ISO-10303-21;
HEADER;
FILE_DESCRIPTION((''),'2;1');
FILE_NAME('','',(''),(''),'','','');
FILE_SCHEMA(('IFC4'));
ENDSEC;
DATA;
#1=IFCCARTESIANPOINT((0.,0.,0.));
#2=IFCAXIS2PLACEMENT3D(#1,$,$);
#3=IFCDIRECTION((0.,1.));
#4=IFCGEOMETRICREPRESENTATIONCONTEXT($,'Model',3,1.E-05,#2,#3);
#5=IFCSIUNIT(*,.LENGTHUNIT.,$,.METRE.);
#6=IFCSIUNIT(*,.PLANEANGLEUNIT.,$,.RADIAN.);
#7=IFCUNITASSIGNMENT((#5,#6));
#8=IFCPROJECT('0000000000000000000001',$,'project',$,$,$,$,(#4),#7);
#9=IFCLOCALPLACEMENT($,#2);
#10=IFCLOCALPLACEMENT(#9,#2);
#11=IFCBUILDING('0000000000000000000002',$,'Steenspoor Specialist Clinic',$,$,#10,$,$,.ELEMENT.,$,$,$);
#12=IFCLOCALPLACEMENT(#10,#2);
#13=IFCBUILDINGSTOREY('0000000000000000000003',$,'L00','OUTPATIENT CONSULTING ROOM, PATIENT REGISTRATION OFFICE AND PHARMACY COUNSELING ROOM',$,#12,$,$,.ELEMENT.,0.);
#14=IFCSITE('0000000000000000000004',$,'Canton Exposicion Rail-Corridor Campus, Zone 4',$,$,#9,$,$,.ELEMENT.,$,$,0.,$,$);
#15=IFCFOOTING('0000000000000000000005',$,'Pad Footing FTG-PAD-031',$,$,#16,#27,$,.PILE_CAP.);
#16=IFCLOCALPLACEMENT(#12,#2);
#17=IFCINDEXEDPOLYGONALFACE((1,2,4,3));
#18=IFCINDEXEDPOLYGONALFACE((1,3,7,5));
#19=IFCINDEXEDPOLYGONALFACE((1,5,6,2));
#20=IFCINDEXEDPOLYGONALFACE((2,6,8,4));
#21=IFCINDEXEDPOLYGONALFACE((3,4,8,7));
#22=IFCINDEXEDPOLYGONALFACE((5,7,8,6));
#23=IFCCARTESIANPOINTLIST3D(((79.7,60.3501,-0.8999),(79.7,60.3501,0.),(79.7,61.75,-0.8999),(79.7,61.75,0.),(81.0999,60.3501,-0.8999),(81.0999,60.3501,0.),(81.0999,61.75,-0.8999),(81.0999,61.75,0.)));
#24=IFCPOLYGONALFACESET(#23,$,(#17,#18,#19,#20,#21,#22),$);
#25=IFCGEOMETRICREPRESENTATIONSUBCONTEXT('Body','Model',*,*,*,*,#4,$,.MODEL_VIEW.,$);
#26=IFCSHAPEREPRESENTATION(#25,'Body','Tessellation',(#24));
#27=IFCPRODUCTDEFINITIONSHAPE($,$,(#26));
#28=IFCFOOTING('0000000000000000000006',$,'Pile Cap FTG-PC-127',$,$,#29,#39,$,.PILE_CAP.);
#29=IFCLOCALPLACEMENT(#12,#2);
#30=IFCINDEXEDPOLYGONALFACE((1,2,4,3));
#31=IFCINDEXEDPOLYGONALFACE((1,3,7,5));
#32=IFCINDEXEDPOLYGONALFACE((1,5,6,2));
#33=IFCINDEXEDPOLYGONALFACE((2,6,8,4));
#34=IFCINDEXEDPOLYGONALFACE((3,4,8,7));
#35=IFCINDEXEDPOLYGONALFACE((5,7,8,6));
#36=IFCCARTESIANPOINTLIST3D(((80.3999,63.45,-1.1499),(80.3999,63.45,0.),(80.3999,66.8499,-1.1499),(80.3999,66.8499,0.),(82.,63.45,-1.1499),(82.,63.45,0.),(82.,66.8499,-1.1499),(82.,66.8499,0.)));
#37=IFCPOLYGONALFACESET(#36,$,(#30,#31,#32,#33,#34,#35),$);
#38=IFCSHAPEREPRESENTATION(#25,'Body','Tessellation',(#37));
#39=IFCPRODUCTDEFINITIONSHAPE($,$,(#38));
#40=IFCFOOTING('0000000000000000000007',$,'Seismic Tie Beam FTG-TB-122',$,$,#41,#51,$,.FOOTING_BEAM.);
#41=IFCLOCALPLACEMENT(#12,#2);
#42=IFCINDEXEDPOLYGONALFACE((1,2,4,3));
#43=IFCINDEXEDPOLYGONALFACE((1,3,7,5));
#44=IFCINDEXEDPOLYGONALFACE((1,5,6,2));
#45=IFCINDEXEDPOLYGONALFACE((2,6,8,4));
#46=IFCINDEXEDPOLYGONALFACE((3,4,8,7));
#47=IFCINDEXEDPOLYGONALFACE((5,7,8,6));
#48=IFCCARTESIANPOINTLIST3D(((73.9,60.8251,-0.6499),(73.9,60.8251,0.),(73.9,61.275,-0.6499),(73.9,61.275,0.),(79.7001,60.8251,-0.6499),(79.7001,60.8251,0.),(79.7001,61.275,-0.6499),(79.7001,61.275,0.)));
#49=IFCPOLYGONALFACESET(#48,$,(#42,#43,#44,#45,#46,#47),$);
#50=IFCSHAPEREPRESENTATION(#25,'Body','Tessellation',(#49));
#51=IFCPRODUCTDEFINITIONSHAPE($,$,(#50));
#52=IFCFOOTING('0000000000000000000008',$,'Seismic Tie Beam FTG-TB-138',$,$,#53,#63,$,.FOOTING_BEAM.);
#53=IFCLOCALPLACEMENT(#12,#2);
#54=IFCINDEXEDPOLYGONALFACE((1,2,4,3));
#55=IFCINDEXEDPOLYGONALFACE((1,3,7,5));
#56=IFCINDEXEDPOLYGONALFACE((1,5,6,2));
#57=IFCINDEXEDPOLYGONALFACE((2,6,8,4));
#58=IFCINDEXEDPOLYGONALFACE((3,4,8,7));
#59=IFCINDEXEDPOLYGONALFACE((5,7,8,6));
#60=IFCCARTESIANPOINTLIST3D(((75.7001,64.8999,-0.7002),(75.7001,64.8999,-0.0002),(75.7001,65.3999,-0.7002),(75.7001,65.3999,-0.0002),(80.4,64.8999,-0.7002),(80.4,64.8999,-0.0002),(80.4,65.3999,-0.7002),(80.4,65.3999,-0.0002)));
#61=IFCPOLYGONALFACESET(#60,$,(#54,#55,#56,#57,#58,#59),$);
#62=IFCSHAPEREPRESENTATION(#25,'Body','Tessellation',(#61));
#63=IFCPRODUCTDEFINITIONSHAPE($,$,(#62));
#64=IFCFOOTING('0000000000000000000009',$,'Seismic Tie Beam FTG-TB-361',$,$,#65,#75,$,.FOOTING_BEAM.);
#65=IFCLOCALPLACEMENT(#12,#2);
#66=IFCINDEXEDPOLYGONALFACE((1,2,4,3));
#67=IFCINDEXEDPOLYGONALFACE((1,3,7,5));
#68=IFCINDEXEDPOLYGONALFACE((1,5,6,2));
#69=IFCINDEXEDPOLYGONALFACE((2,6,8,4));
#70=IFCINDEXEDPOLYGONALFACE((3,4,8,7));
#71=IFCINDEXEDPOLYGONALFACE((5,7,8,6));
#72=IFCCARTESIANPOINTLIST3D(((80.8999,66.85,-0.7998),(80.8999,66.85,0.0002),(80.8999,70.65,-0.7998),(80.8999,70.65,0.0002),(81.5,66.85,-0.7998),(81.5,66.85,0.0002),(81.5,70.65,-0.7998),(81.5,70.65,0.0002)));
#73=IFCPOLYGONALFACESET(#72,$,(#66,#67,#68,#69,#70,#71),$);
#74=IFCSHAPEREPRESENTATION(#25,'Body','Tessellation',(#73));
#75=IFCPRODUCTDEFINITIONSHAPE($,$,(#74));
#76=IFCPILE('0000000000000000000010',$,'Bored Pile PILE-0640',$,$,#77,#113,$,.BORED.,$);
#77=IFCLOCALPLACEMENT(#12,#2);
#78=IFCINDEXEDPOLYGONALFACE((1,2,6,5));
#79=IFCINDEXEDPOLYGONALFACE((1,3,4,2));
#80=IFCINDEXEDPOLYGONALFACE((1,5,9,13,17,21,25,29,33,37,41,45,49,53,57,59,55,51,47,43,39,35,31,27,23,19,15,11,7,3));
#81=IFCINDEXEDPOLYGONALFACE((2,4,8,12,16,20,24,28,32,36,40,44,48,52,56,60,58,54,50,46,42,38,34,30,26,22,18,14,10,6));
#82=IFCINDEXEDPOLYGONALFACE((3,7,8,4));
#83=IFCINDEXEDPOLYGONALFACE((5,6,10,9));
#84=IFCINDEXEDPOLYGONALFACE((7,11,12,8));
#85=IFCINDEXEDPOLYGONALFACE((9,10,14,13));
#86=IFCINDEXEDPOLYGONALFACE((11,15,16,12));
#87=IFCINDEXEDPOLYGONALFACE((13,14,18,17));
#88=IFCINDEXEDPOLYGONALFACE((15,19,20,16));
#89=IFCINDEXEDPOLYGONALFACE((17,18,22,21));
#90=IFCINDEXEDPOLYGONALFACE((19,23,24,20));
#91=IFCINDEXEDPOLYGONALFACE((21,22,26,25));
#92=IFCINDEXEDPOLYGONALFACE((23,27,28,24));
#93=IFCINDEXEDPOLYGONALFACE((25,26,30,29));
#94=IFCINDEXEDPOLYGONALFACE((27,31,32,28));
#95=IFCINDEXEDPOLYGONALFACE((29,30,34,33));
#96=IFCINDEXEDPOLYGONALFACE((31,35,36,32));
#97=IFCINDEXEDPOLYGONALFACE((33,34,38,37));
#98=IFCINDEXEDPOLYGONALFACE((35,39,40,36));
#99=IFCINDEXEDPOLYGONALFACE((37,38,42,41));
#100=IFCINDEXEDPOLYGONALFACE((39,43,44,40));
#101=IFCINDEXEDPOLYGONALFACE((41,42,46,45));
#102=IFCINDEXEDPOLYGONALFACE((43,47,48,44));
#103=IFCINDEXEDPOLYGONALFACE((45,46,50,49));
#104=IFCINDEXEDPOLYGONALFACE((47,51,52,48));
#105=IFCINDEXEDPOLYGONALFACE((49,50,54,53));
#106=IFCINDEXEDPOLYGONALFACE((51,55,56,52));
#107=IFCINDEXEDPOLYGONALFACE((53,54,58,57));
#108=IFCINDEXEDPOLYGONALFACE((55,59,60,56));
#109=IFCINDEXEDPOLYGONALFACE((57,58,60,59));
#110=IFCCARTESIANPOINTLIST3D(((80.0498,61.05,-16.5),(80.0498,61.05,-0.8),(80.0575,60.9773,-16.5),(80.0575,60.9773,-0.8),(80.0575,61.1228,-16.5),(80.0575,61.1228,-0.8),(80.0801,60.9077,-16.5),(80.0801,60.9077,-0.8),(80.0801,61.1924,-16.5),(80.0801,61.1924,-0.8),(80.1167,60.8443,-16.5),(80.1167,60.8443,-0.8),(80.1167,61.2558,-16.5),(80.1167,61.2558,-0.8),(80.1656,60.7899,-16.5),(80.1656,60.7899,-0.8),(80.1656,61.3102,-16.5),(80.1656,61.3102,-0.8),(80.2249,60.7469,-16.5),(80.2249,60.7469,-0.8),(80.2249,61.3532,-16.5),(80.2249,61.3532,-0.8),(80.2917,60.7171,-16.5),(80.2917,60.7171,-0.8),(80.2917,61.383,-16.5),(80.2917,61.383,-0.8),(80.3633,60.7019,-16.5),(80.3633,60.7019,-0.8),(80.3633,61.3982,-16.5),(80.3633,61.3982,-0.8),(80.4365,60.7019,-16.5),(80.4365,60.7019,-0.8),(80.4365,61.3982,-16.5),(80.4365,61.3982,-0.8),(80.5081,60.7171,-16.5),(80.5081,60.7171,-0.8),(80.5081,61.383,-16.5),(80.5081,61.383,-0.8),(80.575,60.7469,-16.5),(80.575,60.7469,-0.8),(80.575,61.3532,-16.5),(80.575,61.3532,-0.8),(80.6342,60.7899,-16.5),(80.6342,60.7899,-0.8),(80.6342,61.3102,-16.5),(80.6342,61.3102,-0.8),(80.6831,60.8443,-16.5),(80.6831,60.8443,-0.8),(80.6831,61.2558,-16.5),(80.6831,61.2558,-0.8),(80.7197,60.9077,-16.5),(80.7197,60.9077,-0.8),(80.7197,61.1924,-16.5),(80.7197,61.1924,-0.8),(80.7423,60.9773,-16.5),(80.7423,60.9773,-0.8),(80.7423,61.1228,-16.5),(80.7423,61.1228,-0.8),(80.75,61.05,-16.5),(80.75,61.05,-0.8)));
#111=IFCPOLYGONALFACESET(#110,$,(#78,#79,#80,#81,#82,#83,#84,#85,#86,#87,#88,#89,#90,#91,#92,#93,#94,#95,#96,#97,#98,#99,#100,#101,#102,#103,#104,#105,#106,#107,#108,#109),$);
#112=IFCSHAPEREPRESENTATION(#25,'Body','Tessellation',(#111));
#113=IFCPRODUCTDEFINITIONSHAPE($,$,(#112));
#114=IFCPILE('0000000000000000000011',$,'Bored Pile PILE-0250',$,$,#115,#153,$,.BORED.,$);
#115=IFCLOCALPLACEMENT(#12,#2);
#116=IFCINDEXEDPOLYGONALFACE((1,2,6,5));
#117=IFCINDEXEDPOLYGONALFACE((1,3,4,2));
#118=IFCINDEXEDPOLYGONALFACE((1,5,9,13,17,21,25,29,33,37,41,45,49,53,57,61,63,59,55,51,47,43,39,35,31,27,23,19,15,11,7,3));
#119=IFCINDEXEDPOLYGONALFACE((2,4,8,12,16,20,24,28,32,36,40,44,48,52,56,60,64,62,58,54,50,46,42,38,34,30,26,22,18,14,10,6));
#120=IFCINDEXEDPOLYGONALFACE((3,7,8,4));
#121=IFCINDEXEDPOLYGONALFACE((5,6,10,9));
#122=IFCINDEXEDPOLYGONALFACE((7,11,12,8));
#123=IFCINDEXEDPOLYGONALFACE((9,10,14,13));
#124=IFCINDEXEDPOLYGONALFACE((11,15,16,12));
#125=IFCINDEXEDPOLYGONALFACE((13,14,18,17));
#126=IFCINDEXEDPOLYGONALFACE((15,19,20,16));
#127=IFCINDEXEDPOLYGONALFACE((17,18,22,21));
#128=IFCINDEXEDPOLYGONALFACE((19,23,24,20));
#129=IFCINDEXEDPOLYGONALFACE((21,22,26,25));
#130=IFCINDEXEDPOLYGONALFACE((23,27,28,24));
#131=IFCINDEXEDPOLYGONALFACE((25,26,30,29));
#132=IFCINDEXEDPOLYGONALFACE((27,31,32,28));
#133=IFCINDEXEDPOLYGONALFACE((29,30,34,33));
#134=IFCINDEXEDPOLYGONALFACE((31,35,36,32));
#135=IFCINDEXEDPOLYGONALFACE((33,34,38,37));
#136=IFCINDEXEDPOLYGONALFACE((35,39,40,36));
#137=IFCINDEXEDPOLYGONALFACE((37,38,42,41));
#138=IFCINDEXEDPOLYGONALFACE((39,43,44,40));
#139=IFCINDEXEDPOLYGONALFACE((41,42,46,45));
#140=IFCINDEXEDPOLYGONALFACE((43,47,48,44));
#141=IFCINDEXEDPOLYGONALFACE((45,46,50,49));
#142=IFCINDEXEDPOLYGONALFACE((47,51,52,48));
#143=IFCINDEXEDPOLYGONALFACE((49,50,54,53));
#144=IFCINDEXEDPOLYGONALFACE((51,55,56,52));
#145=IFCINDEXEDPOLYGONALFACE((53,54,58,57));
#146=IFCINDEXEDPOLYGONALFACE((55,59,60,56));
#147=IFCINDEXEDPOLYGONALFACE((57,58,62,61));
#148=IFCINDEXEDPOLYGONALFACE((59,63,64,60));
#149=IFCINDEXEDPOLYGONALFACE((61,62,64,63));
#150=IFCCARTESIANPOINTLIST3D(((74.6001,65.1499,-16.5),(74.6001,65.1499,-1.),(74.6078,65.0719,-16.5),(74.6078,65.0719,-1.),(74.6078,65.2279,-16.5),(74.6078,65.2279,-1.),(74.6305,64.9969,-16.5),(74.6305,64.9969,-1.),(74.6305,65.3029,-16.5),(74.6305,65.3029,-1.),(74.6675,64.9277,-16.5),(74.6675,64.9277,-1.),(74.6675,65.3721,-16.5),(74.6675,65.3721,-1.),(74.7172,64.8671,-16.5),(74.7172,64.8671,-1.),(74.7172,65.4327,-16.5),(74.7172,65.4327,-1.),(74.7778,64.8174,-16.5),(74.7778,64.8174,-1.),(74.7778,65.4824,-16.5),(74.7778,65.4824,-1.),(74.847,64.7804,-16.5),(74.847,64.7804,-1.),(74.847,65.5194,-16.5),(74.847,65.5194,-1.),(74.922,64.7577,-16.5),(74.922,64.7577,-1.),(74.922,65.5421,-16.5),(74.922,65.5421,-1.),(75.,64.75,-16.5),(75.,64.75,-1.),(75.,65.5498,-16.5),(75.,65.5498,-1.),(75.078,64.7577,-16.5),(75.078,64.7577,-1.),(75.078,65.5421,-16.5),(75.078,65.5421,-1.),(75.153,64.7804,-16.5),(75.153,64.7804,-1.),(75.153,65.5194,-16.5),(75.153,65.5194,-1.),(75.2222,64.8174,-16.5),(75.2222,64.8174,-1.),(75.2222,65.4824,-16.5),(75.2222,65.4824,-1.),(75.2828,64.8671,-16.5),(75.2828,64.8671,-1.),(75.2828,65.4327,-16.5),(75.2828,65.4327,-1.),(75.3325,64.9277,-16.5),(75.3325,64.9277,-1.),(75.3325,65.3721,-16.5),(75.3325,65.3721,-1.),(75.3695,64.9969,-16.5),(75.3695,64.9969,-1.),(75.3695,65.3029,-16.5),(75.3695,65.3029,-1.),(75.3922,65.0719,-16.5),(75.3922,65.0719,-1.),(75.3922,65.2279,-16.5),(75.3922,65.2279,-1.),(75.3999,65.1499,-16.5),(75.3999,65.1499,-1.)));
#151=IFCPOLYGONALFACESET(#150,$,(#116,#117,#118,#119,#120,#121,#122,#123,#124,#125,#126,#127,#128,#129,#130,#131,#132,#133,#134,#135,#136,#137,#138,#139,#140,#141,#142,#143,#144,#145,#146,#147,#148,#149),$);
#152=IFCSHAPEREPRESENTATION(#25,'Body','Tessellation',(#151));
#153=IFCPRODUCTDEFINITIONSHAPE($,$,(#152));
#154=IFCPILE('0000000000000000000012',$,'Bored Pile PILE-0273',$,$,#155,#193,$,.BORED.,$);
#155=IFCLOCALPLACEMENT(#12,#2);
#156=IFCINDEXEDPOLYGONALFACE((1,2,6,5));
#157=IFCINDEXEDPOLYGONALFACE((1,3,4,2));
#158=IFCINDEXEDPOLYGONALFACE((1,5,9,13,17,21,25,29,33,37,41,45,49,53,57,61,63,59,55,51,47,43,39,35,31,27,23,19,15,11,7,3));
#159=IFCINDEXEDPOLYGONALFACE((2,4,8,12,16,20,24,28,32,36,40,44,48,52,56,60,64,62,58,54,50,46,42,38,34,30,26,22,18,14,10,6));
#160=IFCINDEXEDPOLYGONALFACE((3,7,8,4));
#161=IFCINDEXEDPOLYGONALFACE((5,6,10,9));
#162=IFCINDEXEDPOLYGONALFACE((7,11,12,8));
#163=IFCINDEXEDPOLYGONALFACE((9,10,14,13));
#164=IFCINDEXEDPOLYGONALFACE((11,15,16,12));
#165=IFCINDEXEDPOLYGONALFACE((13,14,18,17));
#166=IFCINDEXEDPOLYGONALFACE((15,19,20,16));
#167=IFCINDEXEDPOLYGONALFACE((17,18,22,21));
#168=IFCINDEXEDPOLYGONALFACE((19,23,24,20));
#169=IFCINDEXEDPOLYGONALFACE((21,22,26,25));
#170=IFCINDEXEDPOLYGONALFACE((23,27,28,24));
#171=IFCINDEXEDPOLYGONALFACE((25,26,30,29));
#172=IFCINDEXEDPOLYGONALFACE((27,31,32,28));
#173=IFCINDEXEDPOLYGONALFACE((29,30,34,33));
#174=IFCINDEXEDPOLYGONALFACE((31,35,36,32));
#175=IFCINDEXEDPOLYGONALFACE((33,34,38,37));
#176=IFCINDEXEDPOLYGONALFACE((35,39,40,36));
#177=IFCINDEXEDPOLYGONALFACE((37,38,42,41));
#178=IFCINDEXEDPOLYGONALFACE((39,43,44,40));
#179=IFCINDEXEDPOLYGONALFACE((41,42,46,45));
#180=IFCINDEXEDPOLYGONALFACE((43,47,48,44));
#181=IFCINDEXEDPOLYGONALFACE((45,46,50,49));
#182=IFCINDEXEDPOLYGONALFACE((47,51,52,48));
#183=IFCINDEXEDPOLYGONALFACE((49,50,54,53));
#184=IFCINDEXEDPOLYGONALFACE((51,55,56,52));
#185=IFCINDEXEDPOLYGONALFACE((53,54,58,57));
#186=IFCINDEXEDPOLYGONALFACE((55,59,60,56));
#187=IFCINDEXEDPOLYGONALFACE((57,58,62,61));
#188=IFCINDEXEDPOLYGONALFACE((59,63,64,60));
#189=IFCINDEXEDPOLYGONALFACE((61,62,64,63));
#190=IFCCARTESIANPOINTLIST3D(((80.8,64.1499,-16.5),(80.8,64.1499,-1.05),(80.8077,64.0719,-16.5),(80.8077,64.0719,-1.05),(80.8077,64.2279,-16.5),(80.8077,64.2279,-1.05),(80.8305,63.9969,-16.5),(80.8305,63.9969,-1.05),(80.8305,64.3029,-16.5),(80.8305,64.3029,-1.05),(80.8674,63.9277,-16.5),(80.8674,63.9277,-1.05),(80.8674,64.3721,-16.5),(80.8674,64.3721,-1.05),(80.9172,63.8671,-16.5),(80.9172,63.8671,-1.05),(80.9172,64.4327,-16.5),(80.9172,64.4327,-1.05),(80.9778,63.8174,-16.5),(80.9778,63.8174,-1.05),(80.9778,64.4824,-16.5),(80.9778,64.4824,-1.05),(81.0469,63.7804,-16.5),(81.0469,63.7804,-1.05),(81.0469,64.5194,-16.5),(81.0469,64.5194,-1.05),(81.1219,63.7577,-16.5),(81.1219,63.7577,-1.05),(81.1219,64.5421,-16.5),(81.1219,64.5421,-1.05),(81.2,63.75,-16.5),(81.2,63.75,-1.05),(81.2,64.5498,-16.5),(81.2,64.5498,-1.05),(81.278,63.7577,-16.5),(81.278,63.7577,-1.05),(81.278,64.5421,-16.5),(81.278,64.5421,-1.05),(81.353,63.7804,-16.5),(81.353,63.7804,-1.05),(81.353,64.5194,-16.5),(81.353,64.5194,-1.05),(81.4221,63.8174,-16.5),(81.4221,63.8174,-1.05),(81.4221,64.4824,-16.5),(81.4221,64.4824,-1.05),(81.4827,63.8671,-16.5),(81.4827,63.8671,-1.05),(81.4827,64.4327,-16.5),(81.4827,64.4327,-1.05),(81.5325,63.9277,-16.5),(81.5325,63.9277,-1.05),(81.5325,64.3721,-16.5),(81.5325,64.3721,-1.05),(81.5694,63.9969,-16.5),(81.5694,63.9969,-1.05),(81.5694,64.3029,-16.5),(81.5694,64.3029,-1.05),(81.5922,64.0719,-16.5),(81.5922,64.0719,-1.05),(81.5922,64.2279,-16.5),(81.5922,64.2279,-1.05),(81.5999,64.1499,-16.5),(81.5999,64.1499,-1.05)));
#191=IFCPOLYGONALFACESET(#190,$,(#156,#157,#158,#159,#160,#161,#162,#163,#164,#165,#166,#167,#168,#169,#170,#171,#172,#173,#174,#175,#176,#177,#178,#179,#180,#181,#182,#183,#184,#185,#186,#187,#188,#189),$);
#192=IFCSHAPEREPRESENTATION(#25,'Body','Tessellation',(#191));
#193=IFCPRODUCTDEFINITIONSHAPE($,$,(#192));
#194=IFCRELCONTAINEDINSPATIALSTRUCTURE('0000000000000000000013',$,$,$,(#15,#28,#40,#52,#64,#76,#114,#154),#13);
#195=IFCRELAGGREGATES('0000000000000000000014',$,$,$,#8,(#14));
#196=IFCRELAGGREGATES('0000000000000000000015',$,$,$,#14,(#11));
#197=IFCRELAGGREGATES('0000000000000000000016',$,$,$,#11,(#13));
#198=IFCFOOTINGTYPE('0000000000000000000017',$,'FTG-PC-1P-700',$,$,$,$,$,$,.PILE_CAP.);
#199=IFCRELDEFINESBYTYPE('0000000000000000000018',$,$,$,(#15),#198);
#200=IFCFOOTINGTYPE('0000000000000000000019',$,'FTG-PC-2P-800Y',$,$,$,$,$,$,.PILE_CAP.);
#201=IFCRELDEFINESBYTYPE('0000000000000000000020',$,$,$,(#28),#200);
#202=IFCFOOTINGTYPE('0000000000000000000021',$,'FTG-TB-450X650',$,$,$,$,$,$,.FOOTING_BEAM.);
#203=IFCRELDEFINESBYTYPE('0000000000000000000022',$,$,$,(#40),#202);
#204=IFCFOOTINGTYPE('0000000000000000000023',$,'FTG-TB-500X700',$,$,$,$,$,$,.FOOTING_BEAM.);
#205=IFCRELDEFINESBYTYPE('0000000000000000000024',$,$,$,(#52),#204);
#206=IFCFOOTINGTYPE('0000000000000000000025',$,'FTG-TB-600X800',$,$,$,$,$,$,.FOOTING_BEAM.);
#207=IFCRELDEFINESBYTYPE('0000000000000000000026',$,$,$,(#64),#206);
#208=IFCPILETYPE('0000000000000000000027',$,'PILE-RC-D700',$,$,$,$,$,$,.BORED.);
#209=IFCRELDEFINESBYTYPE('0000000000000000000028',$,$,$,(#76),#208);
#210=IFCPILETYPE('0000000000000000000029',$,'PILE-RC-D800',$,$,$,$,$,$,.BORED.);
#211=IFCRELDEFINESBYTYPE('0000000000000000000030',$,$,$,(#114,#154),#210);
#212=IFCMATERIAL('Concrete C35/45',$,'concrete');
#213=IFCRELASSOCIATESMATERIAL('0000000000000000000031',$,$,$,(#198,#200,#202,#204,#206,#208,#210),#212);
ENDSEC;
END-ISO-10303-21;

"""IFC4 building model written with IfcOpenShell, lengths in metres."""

from ifc_helpers import new_model, si_unit, direction, frame, origin, origin_2d, place, context, subcontext, project, spatial, rectangle, circle, extrude, material, material_profile, profile_set, type_object, element, save


model = new_model("IFC4")

# Units and contexts
model_context = context("Model", 3, precision=1e-05, world=origin(), true_north=direction((0.0, 1.0)))
body_context = subcontext(model_context, "Body", "Model", "MODEL_VIEW")
ifc_project = project(units=[si_unit("LENGTHUNIT", "METRE"), si_unit("PLANEANGLEUNIT", "RADIAN")], contexts=[model_context])

# Site, building, storey
site_placement = place(None, origin())
site = spatial("IfcSite", under=ifc_project, at=site_placement, Name="Canton Exposicion Rail-Corridor Campus, Zone 4", CompositionType="ELEMENT", RefElevation=0.0)
building_placement = place(site_placement, origin())
building = spatial("IfcBuilding", under=site, at=building_placement, Name="Steenspoor Specialist Clinic", CompositionType="ELEMENT")
storey_placement = place(building_placement, origin())
storey = spatial("IfcBuildingStorey", under=building, at=storey_placement, Name="L00", Description="OUTPATIENT CONSULTING ROOM, PATIENT REGISTRATION OFFICE AND PHARMACY COUNSELING ROOM", CompositionType="ELEMENT", Elevation=0.0)

# Footings
ifc_material_1 = material(Name="Concrete C35/45", Category="concrete")
footing_type_1 = type_object("IfcFootingType", Name="FTG-PC-1P-700", PredefinedType="PILE_CAP", material=ifc_material_1)
footing_1_placement = place(storey_placement, frame((80.3999, 61.05, -0.8999), z_axis=(0.0, 0.0, 1.0), x_axis=(1.0, 0.0, 0.0)))
element("IfcFooting", 1, at=footing_1_placement, inside=storey, type_object=footing_type_1, Name="Pad Footing FTG-PAD-031", PredefinedType="PILE_CAP", context=body_context, shape_type="SweptSolid", body=[
    extrude(rectangle(XDim=1.3999, YDim=1.3999, at=origin_2d()), origin(), (0.0, 0.0, 1.0), 0.8999),
])
footing_type_2 = type_object("IfcFootingType", Name="FTG-PC-2P-800Y", PredefinedType="PILE_CAP", material=ifc_material_1)
footing_2_placement = place(storey_placement, frame((81.2, 65.1499, -1.1499), z_axis=(0.0, 0.0, 1.0), x_axis=(1.0, 0.0, 0.0)))
element("IfcFooting", 2, at=footing_2_placement, inside=storey, type_object=footing_type_2, Name="Pile Cap FTG-PC-127", PredefinedType="PILE_CAP", context=body_context, shape_type="SweptSolid", body=[
    extrude(rectangle(XDim=1.6001, YDim=3.3999, at=origin_2d()), origin(), (0.0, 0.0, 1.0), 1.1499),
])
footing_type_3 = type_object("IfcFootingType", Name="FTG-TB-450X650", PredefinedType="FOOTING_BEAM", material=ifc_material_1)
footing_3_placement = place(storey_placement, frame((76.8, 61.05, -0.6499), z_axis=(0.0, 0.0, 1.0), x_axis=(1.0, 0.0, 0.0)))
element("IfcFooting", 3, at=footing_3_placement, inside=storey, type_object=footing_type_3, Name="Seismic Tie Beam FTG-TB-122", PredefinedType="FOOTING_BEAM", context=body_context, shape_type="SweptSolid", body=[
    extrude(rectangle(XDim=5.8, YDim=0.45, at=origin_2d()), origin(), (0.0, 0.0, 1.0), 0.6499),
])
footing_type_4 = type_object("IfcFootingType", Name="FTG-TB-500X700", PredefinedType="FOOTING_BEAM", material=ifc_material_1)
footing_4_placement = place(storey_placement, frame((78.05, 65.1499, -0.7002), z_axis=(0.0, 0.0, 1.0), x_axis=(1.0, 0.0, 0.0)))
element("IfcFooting", 4, at=footing_4_placement, inside=storey, type_object=footing_type_4, Name="Seismic Tie Beam FTG-TB-138", PredefinedType="FOOTING_BEAM", context=body_context, shape_type="SweptSolid", body=[
    extrude(rectangle(XDim=4.7, YDim=0.5, at=origin_2d()), origin(), (0.0, 0.0, 1.0), 0.7),
])
footing_type_5 = type_object("IfcFootingType", Name="FTG-TB-600X800", PredefinedType="FOOTING_BEAM", material=ifc_material_1)
footing_5_placement = place(storey_placement, frame((81.2, 68.75, -0.7998), z_axis=(0.0, 0.0, 1.0), x_axis=(1.0, 0.0, 0.0)))
element("IfcFooting", 5, at=footing_5_placement, inside=storey, type_object=footing_type_5, Name="Seismic Tie Beam FTG-TB-361", PredefinedType="FOOTING_BEAM", context=body_context, shape_type="SweptSolid", body=[
    extrude(rectangle(XDim=0.6001, YDim=3.8, at=origin_2d()), origin(), (0.0, 0.0, 1.0), 0.8),
])

# Piles
ifc_material_profile_1 = material_profile(ifc_material_1, circle(Radius=0.3501, at=origin_2d()), Name="PILE-D700")
ifc_profile_set_1 = profile_set([ifc_material_profile_1], Name="Concrete C35/45")
pile_type_1 = type_object("IfcPileType", Name="PILE-RC-D700", PredefinedType="BORED", material=ifc_profile_set_1)
pile_1_placement = place(storey_placement, frame((80.3999, 61.05, -0.8), z_axis=(0.0, 0.0, -1.0), x_axis=(1.0, 0.0, 0.0)))
element("IfcPile", 6, at=pile_1_placement, inside=storey, type_object=pile_type_1, Name="Bored Pile PILE-0640", PredefinedType="BORED", context=body_context, shape_type="SweptSolid", body=[
    extrude(circle(Radius=0.3501, at=origin_2d()), origin(), (0.0, 0.0, 1.0), 15.7),
])
ifc_material_profile_2 = material_profile(ifc_material_1, circle(Radius=0.3999, at=origin_2d()), Name="PILE-D800")
ifc_profile_set_2 = profile_set([ifc_material_profile_2], Name="Concrete C35/45")
pile_type_2 = type_object("IfcPileType", Name="PILE-RC-D800", PredefinedType="BORED", material=ifc_profile_set_2)
pile_2_placement = place(storey_placement, frame((75.0, 65.1499, -1.0), z_axis=(0.0, 0.0, -1.0), x_axis=(1.0, 0.0, 0.0)))
element("IfcPile", 7, at=pile_2_placement, inside=storey, type_object=pile_type_2, Name="Bored Pile PILE-0250", PredefinedType="BORED", context=body_context, shape_type="SweptSolid", body=[
    extrude(circle(Radius=0.3999, at=origin_2d()), origin(), (0.0, 0.0, 1.0), 15.5),
])
for number, where, z_axis, x_axis, name in (
    (8, (81.2, 64.1499, -1.05), (0.0, 0.0, -1.0), (1.0, 0.0, 0.0), "Bored Pile PILE-0273"),
):
    element("IfcPile", number, at=place(storey_placement, frame(where, z_axis=z_axis, x_axis=x_axis)), inside=storey, type_object=pile_type_2, Name=name, PredefinedType="BORED", context=body_context, shape_type="SweptSolid", body=[
        extrude(circle(Radius=0.3999, at=origin_2d()), origin(), (0.0, 0.0, 1.0), 15.45),
    ])

save(model, "model.ifc")
